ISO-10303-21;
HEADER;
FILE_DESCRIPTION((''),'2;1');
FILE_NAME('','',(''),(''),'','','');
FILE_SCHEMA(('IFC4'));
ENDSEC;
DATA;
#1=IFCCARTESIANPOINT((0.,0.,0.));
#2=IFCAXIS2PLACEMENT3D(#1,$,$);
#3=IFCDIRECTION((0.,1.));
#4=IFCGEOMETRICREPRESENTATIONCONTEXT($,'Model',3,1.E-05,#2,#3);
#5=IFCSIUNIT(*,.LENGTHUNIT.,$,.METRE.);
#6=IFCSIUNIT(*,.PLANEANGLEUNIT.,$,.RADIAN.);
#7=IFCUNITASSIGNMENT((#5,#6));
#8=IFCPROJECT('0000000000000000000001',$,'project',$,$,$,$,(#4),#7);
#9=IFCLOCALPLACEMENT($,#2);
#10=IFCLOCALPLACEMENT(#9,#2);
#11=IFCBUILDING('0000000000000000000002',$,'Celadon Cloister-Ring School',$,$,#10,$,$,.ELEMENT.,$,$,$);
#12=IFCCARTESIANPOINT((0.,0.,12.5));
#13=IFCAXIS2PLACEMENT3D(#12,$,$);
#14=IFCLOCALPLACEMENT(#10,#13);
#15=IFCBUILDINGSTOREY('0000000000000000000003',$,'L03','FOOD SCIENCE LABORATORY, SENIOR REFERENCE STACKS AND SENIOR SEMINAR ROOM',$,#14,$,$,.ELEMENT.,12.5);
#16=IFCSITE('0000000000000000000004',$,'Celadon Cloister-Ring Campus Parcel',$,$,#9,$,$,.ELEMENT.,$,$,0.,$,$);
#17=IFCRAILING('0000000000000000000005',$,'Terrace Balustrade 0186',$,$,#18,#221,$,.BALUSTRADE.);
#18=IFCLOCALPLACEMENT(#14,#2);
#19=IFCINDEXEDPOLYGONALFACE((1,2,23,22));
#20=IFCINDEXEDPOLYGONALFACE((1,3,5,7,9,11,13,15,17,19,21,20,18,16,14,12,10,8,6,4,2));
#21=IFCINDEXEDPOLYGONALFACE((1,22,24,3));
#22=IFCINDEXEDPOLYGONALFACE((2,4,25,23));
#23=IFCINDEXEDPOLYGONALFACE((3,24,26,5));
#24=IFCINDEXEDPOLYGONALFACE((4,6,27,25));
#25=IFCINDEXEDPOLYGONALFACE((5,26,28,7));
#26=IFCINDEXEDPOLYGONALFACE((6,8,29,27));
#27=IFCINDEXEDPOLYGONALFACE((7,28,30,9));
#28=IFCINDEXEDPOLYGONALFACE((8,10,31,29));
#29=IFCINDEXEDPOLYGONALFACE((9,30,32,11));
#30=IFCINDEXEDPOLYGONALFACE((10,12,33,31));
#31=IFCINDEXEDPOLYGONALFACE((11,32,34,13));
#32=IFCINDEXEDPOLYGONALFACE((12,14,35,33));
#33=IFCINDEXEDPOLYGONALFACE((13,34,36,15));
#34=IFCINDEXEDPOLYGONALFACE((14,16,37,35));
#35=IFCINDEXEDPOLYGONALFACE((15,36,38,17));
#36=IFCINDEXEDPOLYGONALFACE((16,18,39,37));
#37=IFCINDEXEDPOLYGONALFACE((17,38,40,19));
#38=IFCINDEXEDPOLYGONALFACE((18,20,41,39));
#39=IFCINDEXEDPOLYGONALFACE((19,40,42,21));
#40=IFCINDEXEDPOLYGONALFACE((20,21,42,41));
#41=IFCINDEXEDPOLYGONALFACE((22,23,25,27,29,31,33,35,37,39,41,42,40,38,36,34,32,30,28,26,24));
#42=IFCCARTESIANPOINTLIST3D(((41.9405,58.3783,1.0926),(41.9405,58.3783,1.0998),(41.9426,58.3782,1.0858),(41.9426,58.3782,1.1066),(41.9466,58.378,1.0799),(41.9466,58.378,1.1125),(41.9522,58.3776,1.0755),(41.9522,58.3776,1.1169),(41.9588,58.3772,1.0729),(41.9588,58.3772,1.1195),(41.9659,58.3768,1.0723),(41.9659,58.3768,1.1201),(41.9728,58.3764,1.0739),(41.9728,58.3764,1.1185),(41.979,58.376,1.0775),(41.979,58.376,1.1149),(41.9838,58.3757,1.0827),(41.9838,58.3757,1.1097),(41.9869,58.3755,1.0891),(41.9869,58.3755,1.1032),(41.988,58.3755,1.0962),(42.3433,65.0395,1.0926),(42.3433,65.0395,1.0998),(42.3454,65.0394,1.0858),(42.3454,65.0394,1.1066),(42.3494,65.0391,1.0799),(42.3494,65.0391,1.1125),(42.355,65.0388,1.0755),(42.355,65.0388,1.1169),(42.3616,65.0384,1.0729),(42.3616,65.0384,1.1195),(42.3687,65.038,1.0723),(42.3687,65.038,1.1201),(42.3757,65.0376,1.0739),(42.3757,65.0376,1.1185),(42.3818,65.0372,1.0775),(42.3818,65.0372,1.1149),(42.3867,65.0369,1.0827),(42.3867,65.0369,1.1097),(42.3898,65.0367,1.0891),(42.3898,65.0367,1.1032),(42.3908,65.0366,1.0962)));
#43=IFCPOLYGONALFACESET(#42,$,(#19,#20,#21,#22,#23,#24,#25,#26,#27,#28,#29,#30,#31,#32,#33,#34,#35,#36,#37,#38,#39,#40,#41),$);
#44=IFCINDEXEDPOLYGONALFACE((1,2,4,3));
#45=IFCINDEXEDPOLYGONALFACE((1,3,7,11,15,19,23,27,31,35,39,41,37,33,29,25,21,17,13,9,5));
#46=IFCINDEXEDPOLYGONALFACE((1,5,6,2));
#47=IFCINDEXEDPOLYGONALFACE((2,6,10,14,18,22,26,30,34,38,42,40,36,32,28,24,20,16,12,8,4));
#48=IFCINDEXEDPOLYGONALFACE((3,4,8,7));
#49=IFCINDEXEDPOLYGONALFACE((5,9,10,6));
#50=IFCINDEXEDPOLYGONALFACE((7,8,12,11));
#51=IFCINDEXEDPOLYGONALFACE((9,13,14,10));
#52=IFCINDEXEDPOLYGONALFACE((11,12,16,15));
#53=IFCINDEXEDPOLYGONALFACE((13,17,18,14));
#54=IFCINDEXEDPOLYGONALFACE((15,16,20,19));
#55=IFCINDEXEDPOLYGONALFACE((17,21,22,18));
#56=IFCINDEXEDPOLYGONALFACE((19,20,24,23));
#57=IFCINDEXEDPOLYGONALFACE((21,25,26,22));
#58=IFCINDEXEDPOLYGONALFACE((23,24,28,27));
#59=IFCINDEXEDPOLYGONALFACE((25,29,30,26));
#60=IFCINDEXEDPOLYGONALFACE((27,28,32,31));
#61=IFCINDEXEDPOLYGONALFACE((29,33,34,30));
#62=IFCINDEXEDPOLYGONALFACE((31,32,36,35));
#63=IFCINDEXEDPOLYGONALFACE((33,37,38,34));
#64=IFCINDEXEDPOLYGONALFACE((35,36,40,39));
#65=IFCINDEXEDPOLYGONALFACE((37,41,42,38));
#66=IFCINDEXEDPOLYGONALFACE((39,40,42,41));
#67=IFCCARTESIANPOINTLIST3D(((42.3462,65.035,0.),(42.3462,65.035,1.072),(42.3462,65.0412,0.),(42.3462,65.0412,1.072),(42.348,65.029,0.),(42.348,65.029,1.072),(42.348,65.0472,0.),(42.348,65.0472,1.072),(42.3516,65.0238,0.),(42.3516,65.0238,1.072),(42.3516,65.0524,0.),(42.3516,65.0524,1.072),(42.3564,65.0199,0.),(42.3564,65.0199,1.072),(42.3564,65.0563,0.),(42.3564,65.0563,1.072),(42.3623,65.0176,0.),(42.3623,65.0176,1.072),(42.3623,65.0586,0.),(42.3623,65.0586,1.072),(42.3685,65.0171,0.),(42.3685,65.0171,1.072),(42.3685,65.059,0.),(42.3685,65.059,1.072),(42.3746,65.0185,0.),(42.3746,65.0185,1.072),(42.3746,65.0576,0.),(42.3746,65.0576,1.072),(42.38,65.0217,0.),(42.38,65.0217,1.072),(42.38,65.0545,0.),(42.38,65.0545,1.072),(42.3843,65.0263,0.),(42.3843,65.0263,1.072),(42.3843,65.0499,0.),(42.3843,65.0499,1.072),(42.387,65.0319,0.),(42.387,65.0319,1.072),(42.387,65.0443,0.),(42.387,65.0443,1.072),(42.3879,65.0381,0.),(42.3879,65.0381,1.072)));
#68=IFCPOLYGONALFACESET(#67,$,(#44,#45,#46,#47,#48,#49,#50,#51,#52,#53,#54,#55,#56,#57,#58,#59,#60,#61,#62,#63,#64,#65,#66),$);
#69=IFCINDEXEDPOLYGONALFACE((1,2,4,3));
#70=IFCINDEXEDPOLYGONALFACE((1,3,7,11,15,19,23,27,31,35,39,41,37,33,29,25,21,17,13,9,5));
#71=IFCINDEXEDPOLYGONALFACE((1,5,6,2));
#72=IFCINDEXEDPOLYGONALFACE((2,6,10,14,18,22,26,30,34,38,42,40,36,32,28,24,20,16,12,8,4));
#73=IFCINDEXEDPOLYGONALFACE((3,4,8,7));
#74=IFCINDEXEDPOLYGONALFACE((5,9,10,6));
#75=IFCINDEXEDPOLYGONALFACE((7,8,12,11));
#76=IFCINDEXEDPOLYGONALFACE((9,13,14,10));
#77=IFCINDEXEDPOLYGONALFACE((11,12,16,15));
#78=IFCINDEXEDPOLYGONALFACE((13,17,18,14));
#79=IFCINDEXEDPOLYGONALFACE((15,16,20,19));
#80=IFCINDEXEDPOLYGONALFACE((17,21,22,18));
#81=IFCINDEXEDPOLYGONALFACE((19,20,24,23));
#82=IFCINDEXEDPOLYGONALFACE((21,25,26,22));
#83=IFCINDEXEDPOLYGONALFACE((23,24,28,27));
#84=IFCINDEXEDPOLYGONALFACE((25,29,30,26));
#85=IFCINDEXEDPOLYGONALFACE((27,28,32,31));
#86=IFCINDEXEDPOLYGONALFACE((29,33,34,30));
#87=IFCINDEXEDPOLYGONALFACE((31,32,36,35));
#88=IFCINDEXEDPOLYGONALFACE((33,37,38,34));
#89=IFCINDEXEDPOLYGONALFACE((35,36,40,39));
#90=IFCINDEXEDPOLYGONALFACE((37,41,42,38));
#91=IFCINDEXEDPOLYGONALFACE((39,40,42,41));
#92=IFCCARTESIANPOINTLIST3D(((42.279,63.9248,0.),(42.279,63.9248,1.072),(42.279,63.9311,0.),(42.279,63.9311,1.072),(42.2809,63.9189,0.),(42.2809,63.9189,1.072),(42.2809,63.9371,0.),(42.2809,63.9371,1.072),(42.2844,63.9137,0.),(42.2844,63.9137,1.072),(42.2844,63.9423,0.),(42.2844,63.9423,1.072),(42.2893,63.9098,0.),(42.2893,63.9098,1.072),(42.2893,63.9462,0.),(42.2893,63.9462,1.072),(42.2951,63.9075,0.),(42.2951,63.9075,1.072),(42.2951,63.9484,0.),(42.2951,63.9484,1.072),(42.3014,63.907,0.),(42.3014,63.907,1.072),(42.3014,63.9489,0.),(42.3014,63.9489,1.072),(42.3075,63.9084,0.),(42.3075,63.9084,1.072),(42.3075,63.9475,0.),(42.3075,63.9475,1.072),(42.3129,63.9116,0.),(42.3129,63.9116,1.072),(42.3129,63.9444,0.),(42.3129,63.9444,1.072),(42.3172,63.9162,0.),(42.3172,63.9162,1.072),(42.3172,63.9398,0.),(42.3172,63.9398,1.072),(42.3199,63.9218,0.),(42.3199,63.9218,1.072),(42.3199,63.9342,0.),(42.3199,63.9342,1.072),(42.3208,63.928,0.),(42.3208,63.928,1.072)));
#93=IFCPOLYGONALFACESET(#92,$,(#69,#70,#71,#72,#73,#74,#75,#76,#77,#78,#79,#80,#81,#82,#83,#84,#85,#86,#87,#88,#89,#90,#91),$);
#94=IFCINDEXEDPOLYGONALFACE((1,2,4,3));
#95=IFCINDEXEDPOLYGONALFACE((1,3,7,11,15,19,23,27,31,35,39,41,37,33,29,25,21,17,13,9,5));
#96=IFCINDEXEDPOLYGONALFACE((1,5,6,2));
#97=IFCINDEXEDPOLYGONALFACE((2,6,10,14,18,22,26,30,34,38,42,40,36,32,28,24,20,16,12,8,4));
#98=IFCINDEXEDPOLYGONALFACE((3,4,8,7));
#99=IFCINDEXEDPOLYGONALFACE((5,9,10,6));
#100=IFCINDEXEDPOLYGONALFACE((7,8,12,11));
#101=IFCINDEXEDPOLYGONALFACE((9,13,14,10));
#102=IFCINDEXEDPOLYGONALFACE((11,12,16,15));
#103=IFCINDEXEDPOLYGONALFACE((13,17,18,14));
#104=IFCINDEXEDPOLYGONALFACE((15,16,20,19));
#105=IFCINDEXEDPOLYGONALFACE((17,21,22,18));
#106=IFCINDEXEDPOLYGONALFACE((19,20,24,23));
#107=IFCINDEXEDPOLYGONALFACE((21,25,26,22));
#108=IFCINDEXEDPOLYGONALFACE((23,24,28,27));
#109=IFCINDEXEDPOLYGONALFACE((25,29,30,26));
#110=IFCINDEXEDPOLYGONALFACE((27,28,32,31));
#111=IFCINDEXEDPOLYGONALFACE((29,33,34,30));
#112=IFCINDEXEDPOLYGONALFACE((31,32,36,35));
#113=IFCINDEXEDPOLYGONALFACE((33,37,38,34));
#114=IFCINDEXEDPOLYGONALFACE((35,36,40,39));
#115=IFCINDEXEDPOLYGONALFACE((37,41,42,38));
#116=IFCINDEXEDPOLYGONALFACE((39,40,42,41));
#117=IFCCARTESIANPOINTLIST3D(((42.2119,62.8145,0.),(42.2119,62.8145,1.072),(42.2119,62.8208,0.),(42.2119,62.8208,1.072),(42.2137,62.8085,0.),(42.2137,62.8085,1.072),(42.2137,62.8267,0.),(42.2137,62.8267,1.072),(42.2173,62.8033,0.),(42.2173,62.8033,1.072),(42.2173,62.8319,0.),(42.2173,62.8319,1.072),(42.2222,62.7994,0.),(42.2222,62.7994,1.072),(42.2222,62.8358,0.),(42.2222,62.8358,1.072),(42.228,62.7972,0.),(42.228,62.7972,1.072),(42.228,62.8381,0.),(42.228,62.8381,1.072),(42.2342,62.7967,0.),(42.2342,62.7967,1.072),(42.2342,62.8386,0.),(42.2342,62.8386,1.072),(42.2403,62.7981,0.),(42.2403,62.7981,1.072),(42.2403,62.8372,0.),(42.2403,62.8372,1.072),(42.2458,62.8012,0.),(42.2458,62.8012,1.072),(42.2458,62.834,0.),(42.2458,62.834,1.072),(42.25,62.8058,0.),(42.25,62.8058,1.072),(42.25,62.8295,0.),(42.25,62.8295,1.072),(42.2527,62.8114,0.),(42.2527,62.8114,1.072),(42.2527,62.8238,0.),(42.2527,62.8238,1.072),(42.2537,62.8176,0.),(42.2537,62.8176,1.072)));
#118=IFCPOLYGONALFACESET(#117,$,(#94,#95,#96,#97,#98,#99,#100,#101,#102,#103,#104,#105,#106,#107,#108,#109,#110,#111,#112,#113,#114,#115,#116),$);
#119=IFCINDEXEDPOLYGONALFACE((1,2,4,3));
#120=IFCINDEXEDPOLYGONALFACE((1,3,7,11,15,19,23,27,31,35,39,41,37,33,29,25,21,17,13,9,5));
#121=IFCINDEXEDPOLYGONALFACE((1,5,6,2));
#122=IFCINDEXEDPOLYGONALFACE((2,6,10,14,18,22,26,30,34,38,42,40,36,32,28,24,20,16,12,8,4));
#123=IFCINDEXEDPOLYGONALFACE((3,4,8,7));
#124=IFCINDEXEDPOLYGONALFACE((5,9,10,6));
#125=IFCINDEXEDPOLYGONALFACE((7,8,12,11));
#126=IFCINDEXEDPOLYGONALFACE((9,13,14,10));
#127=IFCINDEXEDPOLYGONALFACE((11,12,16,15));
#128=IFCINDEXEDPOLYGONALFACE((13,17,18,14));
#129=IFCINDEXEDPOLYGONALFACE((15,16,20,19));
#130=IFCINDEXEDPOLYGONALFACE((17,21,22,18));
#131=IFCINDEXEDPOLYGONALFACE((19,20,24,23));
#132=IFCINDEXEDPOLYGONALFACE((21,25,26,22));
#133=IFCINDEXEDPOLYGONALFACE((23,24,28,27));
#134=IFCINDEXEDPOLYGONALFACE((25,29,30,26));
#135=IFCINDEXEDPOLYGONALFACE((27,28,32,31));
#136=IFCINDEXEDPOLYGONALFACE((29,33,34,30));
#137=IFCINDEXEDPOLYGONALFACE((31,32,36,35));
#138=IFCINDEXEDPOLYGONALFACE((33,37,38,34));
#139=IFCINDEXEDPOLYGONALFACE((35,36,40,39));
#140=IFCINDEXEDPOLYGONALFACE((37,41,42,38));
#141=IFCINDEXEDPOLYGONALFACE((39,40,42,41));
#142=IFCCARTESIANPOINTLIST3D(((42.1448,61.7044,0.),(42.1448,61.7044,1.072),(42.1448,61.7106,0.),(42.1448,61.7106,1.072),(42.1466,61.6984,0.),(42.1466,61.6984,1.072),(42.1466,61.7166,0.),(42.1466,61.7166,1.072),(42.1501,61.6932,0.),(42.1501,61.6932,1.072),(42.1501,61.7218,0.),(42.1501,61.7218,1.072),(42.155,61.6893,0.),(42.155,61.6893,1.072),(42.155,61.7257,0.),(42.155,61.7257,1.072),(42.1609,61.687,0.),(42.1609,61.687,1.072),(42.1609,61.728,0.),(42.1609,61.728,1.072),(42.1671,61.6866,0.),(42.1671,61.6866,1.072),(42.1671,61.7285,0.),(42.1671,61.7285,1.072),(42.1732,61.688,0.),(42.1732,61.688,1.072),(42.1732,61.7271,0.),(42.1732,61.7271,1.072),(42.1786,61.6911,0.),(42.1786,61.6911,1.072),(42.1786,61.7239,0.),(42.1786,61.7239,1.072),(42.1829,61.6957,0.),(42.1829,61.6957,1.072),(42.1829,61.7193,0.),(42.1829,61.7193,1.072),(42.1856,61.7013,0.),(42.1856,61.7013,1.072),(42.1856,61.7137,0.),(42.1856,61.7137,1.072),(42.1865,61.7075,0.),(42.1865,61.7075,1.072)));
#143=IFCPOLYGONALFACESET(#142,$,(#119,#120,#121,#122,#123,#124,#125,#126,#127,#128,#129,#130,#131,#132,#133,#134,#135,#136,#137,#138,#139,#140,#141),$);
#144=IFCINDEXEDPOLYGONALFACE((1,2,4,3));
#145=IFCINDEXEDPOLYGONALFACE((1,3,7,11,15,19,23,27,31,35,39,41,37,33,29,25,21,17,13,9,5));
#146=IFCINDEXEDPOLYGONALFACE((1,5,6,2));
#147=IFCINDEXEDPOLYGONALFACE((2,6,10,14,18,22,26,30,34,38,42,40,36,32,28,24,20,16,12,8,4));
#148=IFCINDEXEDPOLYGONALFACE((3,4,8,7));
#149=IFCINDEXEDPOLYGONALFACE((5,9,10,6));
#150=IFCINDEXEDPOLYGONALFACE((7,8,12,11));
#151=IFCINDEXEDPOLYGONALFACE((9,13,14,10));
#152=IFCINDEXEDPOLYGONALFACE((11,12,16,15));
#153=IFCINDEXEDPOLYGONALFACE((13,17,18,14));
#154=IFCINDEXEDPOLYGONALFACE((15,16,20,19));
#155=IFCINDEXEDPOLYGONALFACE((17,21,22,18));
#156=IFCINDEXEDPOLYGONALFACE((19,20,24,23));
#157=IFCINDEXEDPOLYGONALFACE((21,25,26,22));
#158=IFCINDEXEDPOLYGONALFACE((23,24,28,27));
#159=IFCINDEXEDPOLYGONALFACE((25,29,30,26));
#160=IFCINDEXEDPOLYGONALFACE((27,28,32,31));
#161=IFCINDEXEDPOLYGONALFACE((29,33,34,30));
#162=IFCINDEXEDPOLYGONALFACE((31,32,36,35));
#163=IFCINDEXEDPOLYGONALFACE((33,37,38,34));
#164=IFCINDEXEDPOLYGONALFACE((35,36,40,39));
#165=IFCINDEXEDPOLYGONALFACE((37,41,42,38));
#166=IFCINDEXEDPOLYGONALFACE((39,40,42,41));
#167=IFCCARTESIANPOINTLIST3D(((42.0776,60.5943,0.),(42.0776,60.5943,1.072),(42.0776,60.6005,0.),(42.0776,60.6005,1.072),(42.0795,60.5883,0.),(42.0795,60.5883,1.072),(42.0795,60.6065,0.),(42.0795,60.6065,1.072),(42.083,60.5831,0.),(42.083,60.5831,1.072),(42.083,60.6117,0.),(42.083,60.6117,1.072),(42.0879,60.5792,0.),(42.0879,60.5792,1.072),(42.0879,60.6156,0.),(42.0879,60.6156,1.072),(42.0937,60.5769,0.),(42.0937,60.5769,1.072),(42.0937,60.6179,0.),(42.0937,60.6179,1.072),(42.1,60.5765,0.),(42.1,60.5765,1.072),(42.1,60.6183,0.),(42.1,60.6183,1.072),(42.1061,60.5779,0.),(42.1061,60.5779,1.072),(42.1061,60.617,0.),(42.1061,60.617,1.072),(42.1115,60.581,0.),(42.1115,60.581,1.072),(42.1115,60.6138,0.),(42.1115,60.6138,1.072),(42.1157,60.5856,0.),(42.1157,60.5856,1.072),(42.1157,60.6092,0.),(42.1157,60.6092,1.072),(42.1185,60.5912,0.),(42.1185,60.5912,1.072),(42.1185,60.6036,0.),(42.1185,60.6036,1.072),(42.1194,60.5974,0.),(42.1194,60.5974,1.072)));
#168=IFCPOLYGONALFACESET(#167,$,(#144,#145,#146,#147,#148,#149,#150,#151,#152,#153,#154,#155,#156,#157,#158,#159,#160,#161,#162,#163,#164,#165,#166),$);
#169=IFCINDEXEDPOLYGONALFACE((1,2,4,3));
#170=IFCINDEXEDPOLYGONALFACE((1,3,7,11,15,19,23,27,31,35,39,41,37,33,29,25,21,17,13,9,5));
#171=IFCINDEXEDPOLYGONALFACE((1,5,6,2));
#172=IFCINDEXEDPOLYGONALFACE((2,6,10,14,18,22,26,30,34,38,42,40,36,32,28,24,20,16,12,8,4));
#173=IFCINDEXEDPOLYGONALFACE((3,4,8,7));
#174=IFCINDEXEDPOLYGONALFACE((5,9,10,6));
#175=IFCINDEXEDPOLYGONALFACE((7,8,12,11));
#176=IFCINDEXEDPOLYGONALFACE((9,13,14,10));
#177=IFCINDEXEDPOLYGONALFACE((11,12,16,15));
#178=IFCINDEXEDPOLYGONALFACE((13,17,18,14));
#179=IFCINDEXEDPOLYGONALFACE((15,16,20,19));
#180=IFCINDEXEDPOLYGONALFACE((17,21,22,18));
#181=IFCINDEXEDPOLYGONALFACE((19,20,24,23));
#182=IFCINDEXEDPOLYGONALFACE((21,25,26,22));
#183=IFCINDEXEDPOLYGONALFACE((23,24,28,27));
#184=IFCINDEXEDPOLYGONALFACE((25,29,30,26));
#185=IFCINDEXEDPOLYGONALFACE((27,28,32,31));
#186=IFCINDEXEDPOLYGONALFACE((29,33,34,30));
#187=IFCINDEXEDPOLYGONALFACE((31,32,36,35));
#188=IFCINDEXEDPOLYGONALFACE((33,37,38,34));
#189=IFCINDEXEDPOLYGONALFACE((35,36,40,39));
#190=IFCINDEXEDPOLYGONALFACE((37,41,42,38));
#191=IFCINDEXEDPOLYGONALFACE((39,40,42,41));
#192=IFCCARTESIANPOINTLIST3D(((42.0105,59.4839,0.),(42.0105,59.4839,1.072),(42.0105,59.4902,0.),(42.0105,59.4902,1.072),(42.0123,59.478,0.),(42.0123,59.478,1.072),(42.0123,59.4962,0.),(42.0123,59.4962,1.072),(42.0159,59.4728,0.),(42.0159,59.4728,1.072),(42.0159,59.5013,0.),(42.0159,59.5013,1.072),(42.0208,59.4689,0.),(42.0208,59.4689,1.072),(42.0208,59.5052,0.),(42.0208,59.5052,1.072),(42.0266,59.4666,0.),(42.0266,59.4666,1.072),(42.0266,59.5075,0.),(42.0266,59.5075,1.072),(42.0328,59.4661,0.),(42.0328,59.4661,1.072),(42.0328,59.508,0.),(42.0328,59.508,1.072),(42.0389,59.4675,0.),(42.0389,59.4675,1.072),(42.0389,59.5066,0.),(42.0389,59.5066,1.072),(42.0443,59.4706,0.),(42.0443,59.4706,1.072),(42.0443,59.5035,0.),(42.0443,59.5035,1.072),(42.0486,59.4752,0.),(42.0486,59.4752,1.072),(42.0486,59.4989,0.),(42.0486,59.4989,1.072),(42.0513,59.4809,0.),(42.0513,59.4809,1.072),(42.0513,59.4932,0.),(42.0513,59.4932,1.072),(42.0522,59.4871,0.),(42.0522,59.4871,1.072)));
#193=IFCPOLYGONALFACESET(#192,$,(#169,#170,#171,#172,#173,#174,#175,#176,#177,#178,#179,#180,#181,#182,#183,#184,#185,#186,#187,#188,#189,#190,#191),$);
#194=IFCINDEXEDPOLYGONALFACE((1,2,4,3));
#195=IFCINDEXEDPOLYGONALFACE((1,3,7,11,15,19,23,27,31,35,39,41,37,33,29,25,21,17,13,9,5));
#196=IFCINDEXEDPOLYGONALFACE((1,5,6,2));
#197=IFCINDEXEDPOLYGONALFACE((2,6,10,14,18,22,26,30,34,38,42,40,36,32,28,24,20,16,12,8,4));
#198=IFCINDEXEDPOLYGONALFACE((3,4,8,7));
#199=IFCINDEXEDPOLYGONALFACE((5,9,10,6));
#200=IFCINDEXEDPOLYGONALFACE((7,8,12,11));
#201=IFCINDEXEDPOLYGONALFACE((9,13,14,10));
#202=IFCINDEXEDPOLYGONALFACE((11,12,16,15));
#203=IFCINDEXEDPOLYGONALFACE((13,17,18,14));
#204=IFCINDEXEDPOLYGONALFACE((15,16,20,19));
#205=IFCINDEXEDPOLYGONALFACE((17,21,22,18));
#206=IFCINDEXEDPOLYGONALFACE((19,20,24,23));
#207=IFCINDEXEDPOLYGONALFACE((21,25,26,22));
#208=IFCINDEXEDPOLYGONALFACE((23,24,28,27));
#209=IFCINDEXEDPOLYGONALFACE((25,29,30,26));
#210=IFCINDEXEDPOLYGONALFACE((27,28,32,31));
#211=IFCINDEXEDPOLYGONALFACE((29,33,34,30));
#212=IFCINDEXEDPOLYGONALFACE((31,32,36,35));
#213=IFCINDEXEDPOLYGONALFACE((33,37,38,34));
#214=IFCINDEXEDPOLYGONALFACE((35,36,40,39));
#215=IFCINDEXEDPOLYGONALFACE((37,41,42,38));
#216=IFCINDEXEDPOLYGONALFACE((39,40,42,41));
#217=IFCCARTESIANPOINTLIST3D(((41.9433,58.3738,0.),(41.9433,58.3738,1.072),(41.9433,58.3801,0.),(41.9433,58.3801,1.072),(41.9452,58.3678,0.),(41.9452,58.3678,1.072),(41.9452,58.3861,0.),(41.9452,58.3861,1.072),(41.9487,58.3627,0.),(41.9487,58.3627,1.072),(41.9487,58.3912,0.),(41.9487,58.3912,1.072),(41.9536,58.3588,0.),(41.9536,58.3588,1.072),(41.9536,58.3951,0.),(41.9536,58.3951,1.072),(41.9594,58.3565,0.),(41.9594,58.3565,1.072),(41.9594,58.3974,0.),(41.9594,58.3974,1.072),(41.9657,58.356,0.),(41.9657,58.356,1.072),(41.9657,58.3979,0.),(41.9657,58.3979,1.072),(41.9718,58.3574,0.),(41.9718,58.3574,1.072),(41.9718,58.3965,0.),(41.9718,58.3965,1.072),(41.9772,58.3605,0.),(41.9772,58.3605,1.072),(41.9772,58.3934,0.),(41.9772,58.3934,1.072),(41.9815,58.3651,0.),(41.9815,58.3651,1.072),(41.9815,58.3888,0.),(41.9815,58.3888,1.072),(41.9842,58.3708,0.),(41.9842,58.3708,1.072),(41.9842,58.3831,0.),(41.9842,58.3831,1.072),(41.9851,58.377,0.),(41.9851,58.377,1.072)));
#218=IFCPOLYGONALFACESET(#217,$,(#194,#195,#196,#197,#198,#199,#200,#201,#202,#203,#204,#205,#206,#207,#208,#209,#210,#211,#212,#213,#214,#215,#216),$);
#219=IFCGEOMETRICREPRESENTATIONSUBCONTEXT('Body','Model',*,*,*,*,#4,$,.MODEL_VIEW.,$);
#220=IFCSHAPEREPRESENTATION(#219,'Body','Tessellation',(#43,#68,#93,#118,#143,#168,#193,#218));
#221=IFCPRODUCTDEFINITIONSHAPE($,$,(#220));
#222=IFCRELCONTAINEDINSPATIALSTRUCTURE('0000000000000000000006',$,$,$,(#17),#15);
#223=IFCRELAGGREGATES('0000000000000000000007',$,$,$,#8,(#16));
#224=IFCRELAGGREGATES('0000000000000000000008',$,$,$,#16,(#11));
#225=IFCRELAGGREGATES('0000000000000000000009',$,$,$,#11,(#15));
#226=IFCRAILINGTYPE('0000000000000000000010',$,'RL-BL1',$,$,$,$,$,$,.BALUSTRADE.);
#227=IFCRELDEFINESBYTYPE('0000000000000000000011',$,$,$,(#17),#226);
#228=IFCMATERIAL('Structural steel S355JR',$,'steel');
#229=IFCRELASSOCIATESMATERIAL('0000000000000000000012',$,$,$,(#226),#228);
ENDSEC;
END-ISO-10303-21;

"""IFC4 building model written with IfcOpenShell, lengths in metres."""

from ifc_helpers import new_model, si_unit, direction, frame, origin, origin_2d, place, context, subcontext, project, spatial, circle, extrude, material, type_object, element, save


model = new_model("IFC4")

# Units and contexts
model_context = context("Model", 3, precision=1e-05, world=origin(), true_north=direction((0.0, 1.0)))
body_context = subcontext(model_context, "Body", "Model", "MODEL_VIEW")
ifc_project = project(units=[si_unit("LENGTHUNIT", "METRE"), si_unit("PLANEANGLEUNIT", "RADIAN")], contexts=[model_context])

# Site, building, storey
site_placement = place(None, origin())
site = spatial("IfcSite", under=ifc_project, at=site_placement, Name="Celadon Cloister-Ring Campus Parcel", CompositionType="ELEMENT", RefElevation=0.0)
building_placement = place(site_placement, origin())
building = spatial("IfcBuilding", under=site, at=building_placement, Name="Celadon Cloister-Ring School", CompositionType="ELEMENT")
storey_placement = place(building_placement, frame((0.0, 0.0, 12.5)))
storey = spatial("IfcBuildingStorey", under=building, at=storey_placement, Name="L03", Description="FOOD SCIENCE LABORATORY, SENIOR REFERENCE STACKS AND SENIOR SEMINAR ROOM", CompositionType="ELEMENT", Elevation=12.5)

# Railing
ifc_material_1 = material(Name="Structural steel S355JR", Category="steel")
railing_type = type_object("IfcRailingType", Name="RL-BL1", PredefinedType="BALUSTRADE", material=ifc_material_1)
railing_placement = place(storey_placement, frame((42.3669, 65.0381, 0.0)))
element("IfcRailing", 1, at=railing_placement, inside=storey, type_object=railing_type, Name="Terrace Balustrade 0186", PredefinedType="BALUSTRADE", context=body_context, shape_type="SweptSolid", body=[
    extrude(circle(Radius=0.0239, at=origin_2d()), frame((0.0, 0.0, 1.0962), z_axis=(-0.060365, -0.998176, 0.0), x_axis=(0.998176, -0.060365, 0.0)), (0.0, 0.0, 1.0), 6.6733),
    extrude(circle(Radius=0.021, at=origin_2d()), origin(), (0.0, 0.0, 1.0), 1.072),
    extrude(circle(Radius=0.021, at=origin_2d()), frame((-0.0671, -1.1101, 0.0)), (0.0, 0.0, 1.0), 1.072),
    extrude(circle(Radius=0.021, at=origin_2d()), frame((-0.1343, -2.2205, 0.0)), (0.0, 0.0, 1.0), 1.072),
    extrude(circle(Radius=0.021, at=origin_2d()), frame((-0.2014, -3.3306, 0.0)), (0.0, 0.0, 1.0), 1.072),
    extrude(circle(Radius=0.021, at=origin_2d()), frame((-0.2686, -4.4407, 0.0)), (0.0, 0.0, 1.0), 1.072),
    extrude(circle(Radius=0.021, at=origin_2d()), frame((-0.3357, -5.551, 0.0)), (0.0, 0.0, 1.0), 1.072),
    extrude(circle(Radius=0.021, at=origin_2d()), frame((-0.4028, -6.6611, 0.0)), (0.0, 0.0, 1.0), 1.072),
])

save(model, "model.ifc")
